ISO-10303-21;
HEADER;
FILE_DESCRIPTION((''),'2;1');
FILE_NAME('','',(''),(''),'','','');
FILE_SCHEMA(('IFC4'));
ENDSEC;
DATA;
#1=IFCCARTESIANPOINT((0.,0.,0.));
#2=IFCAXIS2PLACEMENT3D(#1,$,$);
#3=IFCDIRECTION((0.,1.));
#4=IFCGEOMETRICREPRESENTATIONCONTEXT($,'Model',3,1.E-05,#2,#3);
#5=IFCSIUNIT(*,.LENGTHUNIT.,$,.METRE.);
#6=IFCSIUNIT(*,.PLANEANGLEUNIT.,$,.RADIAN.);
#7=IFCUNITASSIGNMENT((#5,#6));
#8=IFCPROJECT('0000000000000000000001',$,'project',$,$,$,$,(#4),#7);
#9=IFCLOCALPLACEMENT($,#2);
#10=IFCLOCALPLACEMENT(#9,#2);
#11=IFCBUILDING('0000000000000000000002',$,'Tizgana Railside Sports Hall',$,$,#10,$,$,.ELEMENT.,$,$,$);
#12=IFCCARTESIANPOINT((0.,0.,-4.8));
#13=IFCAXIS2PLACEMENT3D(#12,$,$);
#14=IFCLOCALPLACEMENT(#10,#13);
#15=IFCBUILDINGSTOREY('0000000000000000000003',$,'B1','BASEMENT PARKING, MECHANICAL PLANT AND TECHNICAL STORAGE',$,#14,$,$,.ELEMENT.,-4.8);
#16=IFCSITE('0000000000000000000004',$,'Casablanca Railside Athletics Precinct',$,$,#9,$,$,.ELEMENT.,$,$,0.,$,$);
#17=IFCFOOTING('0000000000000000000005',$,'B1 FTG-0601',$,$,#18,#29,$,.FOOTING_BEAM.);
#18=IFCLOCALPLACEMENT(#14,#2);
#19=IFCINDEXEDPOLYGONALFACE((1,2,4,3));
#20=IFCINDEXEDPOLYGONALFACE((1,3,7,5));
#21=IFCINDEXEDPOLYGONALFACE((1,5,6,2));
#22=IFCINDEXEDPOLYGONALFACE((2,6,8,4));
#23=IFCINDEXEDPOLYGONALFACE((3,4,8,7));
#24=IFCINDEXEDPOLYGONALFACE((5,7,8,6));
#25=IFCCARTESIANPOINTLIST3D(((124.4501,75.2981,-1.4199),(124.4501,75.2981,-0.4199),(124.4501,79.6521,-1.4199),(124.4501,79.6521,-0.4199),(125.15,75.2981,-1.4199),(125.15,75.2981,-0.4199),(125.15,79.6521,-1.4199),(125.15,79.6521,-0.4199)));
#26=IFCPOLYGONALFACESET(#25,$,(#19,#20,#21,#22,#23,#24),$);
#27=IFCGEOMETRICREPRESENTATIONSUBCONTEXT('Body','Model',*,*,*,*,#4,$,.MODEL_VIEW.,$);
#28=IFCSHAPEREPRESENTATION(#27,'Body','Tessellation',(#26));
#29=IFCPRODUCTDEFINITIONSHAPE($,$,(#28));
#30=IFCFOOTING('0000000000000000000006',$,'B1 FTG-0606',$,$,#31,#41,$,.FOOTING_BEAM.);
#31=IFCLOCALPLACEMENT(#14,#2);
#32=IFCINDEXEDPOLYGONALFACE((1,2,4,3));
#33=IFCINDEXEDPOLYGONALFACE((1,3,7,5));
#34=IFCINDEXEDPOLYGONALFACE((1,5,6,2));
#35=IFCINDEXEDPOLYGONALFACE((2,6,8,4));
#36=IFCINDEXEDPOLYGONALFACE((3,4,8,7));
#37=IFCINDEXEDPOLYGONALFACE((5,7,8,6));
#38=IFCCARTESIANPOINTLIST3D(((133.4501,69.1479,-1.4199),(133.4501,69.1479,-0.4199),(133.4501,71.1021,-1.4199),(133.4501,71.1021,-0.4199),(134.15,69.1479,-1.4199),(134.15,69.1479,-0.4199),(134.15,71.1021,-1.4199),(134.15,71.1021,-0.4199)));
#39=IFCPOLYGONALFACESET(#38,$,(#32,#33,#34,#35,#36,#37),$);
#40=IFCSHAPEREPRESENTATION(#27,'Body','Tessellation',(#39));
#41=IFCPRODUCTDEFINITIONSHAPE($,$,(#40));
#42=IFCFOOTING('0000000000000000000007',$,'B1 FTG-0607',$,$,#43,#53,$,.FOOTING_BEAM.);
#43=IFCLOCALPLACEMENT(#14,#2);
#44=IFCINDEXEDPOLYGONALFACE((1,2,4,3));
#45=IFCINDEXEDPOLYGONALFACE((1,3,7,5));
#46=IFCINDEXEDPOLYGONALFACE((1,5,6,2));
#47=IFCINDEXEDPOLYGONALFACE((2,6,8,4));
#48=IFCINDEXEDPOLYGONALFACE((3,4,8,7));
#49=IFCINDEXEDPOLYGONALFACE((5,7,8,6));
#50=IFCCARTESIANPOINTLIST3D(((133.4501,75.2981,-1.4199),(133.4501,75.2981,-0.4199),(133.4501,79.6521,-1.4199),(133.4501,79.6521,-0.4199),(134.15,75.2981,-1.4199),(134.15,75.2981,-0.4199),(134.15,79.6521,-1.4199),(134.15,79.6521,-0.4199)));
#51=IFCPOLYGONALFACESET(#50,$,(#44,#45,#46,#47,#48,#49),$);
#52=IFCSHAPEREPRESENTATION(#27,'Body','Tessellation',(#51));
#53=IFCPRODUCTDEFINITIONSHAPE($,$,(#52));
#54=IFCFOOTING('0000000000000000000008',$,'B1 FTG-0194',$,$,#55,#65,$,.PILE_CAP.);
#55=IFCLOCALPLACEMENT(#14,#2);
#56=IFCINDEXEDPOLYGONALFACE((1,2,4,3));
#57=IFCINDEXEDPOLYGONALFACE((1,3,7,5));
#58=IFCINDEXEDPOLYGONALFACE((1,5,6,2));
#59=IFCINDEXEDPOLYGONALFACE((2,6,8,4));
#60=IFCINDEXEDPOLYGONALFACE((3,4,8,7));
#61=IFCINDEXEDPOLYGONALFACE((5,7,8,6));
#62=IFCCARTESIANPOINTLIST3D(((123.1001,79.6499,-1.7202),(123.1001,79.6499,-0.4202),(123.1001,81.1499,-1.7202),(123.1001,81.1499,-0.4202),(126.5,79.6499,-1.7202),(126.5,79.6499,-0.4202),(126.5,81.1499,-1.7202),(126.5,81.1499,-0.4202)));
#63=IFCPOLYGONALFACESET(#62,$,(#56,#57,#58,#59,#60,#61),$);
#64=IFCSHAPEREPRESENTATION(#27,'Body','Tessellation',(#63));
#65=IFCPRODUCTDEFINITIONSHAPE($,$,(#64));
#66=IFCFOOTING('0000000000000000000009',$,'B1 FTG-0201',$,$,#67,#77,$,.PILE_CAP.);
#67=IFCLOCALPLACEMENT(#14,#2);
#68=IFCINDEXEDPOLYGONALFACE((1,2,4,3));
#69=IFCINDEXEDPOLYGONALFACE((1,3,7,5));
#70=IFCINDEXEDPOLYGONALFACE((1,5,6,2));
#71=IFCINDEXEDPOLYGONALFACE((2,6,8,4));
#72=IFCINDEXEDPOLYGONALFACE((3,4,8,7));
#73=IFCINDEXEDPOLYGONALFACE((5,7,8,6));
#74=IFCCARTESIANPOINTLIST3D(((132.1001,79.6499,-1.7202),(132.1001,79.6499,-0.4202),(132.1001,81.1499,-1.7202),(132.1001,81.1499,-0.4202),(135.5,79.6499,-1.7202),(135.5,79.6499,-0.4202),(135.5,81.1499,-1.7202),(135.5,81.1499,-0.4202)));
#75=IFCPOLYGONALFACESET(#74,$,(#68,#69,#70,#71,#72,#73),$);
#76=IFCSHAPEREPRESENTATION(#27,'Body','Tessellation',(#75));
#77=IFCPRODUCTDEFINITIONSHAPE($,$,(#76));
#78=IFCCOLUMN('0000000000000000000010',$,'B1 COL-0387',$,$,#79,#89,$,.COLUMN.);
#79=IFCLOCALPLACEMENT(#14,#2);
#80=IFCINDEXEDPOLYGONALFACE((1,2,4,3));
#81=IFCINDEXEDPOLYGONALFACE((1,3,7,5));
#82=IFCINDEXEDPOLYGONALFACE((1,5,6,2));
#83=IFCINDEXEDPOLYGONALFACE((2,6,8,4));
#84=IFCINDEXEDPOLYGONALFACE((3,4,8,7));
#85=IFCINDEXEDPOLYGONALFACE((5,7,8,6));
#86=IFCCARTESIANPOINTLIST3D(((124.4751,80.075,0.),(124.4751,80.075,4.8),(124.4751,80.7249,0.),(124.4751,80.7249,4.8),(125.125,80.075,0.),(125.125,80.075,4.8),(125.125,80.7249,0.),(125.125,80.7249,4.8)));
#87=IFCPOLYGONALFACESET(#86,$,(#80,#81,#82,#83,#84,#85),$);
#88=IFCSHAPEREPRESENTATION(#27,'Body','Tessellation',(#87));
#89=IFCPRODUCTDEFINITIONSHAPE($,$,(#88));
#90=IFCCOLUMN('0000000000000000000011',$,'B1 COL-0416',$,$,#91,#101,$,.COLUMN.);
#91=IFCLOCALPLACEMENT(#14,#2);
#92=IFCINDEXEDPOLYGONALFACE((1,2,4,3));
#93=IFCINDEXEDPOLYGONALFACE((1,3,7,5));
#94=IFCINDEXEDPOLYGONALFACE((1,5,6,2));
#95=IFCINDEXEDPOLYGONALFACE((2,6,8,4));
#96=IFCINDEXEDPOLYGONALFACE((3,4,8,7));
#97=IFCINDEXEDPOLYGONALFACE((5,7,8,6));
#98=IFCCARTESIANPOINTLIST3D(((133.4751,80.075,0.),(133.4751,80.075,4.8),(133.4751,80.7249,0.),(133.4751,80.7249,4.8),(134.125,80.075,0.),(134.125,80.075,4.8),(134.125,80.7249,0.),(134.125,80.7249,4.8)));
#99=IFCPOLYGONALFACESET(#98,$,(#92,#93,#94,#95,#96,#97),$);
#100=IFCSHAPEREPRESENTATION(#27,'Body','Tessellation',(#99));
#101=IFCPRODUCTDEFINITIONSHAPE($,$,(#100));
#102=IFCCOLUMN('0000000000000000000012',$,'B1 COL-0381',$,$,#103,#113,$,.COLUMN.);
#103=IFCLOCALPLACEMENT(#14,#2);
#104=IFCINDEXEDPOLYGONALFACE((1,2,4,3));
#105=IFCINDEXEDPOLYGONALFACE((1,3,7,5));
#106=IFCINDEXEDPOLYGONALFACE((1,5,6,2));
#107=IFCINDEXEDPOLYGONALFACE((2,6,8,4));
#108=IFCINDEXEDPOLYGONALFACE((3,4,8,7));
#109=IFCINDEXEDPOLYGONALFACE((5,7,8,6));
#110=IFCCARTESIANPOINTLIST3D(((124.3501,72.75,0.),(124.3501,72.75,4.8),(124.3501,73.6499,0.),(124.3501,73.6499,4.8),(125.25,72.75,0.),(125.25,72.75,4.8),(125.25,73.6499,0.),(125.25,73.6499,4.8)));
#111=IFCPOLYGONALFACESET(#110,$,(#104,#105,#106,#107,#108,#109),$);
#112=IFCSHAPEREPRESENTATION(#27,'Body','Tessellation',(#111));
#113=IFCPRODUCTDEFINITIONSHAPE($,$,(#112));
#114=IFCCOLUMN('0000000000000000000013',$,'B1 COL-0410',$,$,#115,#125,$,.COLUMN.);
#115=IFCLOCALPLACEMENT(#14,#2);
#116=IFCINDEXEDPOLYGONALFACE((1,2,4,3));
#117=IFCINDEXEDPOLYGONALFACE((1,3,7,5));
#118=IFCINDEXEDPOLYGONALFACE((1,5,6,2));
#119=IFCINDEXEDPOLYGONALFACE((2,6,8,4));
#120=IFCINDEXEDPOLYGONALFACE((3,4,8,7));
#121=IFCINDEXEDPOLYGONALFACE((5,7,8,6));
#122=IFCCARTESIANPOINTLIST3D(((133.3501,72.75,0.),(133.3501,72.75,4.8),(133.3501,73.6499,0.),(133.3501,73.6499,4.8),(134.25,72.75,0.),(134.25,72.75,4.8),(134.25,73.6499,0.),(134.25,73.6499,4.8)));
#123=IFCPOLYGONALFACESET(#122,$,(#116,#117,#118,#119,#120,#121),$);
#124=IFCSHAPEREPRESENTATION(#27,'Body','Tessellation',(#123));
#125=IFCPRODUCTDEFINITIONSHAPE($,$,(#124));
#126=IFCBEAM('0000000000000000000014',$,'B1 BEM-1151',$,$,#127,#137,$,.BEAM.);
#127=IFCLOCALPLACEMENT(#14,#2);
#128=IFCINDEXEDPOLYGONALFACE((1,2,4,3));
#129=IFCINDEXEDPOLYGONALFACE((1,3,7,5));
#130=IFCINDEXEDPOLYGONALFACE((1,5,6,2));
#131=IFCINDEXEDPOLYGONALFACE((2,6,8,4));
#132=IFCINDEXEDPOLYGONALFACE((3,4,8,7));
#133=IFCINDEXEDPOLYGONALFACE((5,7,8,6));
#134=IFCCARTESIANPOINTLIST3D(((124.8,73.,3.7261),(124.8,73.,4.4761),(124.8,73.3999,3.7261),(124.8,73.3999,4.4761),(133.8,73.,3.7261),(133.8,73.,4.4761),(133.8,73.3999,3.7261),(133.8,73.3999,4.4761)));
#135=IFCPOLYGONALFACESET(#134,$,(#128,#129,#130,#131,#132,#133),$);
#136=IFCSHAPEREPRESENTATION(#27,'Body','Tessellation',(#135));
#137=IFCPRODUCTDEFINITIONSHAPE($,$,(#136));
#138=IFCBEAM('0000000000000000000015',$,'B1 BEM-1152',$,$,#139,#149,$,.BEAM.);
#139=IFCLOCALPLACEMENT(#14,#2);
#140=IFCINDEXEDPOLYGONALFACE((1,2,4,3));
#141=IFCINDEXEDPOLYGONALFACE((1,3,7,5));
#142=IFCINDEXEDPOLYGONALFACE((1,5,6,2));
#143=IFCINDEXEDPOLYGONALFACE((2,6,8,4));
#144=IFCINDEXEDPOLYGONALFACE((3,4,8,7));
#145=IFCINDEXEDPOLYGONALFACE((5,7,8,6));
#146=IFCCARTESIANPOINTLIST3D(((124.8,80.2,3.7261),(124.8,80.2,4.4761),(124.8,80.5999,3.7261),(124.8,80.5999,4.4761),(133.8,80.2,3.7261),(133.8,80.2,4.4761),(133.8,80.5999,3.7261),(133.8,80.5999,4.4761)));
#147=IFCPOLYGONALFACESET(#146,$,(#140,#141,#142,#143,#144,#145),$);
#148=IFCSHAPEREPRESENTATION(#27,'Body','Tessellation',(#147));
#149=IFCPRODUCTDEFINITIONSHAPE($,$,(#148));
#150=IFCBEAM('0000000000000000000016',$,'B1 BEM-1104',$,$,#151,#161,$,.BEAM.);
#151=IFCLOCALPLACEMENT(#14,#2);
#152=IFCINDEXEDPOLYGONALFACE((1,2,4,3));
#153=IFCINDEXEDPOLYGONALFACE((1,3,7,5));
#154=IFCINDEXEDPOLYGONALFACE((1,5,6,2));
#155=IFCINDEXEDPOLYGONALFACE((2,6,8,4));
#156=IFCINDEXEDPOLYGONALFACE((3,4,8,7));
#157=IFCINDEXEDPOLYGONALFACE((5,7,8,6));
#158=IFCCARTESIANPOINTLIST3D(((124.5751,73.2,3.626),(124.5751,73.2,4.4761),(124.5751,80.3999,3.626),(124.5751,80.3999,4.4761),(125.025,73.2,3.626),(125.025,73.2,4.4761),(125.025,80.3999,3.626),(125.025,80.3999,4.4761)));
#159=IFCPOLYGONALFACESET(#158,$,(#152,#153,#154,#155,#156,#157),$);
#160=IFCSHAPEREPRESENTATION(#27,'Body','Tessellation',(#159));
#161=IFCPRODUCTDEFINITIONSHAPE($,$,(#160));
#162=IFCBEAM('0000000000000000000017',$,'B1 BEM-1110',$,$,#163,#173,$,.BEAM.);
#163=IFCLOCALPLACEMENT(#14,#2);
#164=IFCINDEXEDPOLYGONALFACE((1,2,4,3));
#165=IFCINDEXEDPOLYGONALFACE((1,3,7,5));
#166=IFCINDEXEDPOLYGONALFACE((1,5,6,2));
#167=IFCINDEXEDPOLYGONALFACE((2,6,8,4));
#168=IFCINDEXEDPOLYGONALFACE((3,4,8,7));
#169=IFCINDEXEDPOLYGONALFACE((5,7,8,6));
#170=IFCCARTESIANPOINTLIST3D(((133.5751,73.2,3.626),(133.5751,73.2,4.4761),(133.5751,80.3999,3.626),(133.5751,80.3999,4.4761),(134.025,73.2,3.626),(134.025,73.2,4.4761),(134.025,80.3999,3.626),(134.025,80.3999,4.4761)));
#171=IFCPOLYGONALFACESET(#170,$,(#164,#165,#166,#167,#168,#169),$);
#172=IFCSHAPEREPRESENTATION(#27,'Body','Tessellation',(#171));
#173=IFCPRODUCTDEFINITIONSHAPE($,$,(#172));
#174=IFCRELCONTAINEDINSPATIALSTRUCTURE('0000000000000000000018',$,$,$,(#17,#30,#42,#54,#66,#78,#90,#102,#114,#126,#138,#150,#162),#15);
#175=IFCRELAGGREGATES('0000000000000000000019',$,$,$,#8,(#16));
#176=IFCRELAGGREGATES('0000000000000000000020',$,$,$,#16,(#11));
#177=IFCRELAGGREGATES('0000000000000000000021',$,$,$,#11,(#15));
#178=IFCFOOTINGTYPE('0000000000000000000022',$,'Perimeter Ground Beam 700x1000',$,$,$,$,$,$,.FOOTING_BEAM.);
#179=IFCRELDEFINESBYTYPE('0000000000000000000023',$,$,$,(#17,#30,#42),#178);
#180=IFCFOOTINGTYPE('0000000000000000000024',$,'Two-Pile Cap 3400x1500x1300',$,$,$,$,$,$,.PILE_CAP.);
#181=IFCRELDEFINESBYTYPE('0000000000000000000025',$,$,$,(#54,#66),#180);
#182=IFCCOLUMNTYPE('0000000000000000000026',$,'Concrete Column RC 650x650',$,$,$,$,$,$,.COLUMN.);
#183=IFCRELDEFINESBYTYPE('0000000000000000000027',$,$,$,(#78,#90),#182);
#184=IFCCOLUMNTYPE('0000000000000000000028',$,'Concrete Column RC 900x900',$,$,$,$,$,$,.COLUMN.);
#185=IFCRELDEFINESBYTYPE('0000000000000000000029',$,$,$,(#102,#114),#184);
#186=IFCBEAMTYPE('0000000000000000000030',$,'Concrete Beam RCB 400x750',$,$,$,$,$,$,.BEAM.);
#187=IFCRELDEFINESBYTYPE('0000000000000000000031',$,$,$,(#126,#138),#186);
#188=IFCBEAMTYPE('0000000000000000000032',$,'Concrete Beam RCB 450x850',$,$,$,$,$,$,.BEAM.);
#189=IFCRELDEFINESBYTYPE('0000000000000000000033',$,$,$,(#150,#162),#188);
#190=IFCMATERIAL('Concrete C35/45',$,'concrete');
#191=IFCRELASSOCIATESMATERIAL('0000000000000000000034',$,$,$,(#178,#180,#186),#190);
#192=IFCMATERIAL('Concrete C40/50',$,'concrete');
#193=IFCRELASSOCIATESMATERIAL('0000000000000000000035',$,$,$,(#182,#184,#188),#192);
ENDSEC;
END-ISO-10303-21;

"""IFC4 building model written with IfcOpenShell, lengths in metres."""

from ifc_helpers import new_model, si_unit, direction, frame, origin, origin_2d, place, context, subcontext, project, spatial, rectangle, extrude, material, material_profile, profile_set, type_object, element, save


model = new_model("IFC4")

# Units and contexts
model_context = context("Model", 3, precision=1e-05, world=origin(), true_north=direction((0.0, 1.0)))
body_context = subcontext(model_context, "Body", "Model", "MODEL_VIEW")
ifc_project = project(units=[si_unit("LENGTHUNIT", "METRE"), si_unit("PLANEANGLEUNIT", "RADIAN")], contexts=[model_context])

# Site, building, storey
site_placement = place(None, origin())
site = spatial("IfcSite", under=ifc_project, at=site_placement, Name="Casablanca Railside Athletics Precinct", CompositionType="ELEMENT", RefElevation=0.0)
building_placement = place(site_placement, origin())
building = spatial("IfcBuilding", under=site, at=building_placement, Name="Tizgana Railside Sports Hall", CompositionType="ELEMENT")
storey_placement = place(building_placement, frame((0.0, 0.0, -4.8)))
storey = spatial("IfcBuildingStorey", under=building, at=storey_placement, Name="B1", Description="BASEMENT PARKING, MECHANICAL PLANT AND TECHNICAL STORAGE", CompositionType="ELEMENT", Elevation=-4.8)

# Shared definitions
ifc_material_1 = material(Name="Concrete C35/45", Category="concrete")

# Footings
footing_type_1 = type_object("IfcFootingType", Name="Perimeter Ground Beam 700x1000", PredefinedType="FOOTING_BEAM", material=ifc_material_1)
footing_1_placement = place(storey_placement, frame((124.8, 77.4751, -1.4199), z_axis=(0.0, 0.0, 1.0), x_axis=(0.0, 1.0, 0.0)))
element("IfcFooting", 1, at=footing_1_placement, inside=storey, type_object=footing_type_1, Name="B1 FTG-0601", PredefinedType="FOOTING_BEAM", context=body_context, shape_type="SweptSolid", body=[
    extrude(rectangle(XDim=4.354, YDim=0.7, at=origin_2d()), origin(), (0.0, 0.0, 1.0), 1.0),
])
footing_2_placement = place(storey_placement, frame((133.8, 70.125, -1.4199), z_axis=(0.0, 0.0, 1.0), x_axis=(0.0, 1.0, 0.0)))
element("IfcFooting", 2, at=footing_2_placement, inside=storey, type_object=footing_type_1, Name="B1 FTG-0606", PredefinedType="FOOTING_BEAM", context=body_context, shape_type="SweptSolid", body=[
    extrude(rectangle(XDim=1.9541, YDim=0.7, at=origin_2d()), origin(), (0.0, 0.0, 1.0), 1.0),
])
footing_3_placement = place(storey_placement, frame((133.8, 77.4751, -1.4199), z_axis=(0.0, 0.0, 1.0), x_axis=(0.0, 1.0, 0.0)))
element("IfcFooting", 3, at=footing_3_placement, inside=storey, type_object=footing_type_1, Name="B1 FTG-0607", PredefinedType="FOOTING_BEAM", context=body_context, shape_type="SweptSolid", body=[
    extrude(rectangle(XDim=4.354, YDim=0.7, at=origin_2d()), origin(), (0.0, 0.0, 1.0), 1.0),
])
footing_type_2 = type_object("IfcFootingType", Name="Two-Pile Cap 3400x1500x1300", PredefinedType="PILE_CAP", material=ifc_material_1)
for number, where, z_axis, x_axis, name in (
    (4, (124.8, 80.3999, -1.7202), (0.0, 0.0, 1.0), (1.0, 0.0, 0.0), "B1 FTG-0194"),
    (5, (133.8, 80.3999, -1.7202), (0.0, 0.0, 1.0), (1.0, 0.0, 0.0), "B1 FTG-0201"),
):
    element("IfcFooting", number, at=place(storey_placement, frame(where, z_axis=z_axis, x_axis=x_axis)), inside=storey, type_object=footing_type_2, Name=name, PredefinedType="PILE_CAP", context=body_context, shape_type="SweptSolid", body=[
        extrude(rectangle(XDim=3.3999, YDim=1.5, at=origin_2d()), origin(), (0.0, 0.0, 1.0), 1.3),
    ])

# Columns
ifc_material_2 = material(Name="Concrete C40/50", Category="concrete")
ifc_material_profile_1 = material_profile(ifc_material_2, rectangle(XDim=0.6499, YDim=0.6499, at=origin_2d()), Name="RC 650x650")
ifc_profile_set_1 = profile_set([ifc_material_profile_1], Name="Concrete C40/50")
column_type_1 = type_object("IfcColumnType", Name="Concrete Column RC 650x650", PredefinedType="COLUMN", material=ifc_profile_set_1)
for number, where, z_axis, x_axis, name in (
    (6, (124.8, 80.3999, 0.0), (0.0, 0.0, 1.0), (1.0, 0.0, 0.0), "B1 COL-0387"),
    (7, (133.8, 80.3999, 0.0), (0.0, 0.0, 1.0), (1.0, 0.0, 0.0), "B1 COL-0416"),
):
    element("IfcColumn", number, at=place(storey_placement, frame(where, z_axis=z_axis, x_axis=x_axis)), inside=storey, type_object=column_type_1, Name=name, PredefinedType="COLUMN", context=body_context, shape_type="SweptSolid", body=[
        extrude(rectangle(XDim=0.6499, YDim=0.6499, at=origin_2d()), origin(), (0.0, 0.0, 1.0), 4.8),
    ])
ifc_material_profile_2 = material_profile(ifc_material_2, rectangle(XDim=0.8999, YDim=0.8999, at=origin_2d()), Name="RC 900x900")
ifc_profile_set_2 = profile_set([ifc_material_profile_2], Name="Concrete C40/50")
column_type_2 = type_object("IfcColumnType", Name="Concrete Column RC 900x900", PredefinedType="COLUMN", material=ifc_profile_set_2)
for number, where, z_axis, x_axis, name in (
    (8, (124.8, 73.2, 0.0), (0.0, 0.0, 1.0), (1.0, 0.0, 0.0), "B1 COL-0381"),
    (9, (133.8, 73.2, 0.0), (0.0, 0.0, 1.0), (1.0, 0.0, 0.0), "B1 COL-0410"),
):
    element("IfcColumn", number, at=place(storey_placement, frame(where, z_axis=z_axis, x_axis=x_axis)), inside=storey, type_object=column_type_2, Name=name, PredefinedType="COLUMN", context=body_context, shape_type="SweptSolid", body=[
        extrude(rectangle(XDim=0.8999, YDim=0.8999, at=origin_2d()), origin(), (0.0, 0.0, 1.0), 4.8),
    ])

# Beams
ifc_material_profile_3 = material_profile(ifc_material_1, rectangle(XDim=0.3999, YDim=0.75, at=origin_2d()), Name="RCB 400x750")
ifc_profile_set_3 = profile_set([ifc_material_profile_3], Name="Concrete C35/45")
beam_type_1 = type_object("IfcBeamType", Name="Concrete Beam RCB 400x750", PredefinedType="BEAM", material=ifc_profile_set_3)
for number, where, z_axis, x_axis, name in (
    (10, (124.8, 73.2, 4.1011), (1.0, 0.0, 0.0), (0.0, 1.0, 0.0), "B1 BEM-1151"),
    (11, (124.8, 80.3999, 4.1011), (1.0, 0.0, 0.0), (0.0, 1.0, 0.0), "B1 BEM-1152"),
):
    element("IfcBeam", number, at=place(storey_placement, frame(where, z_axis=z_axis, x_axis=x_axis)), inside=storey, type_object=beam_type_1, Name=name, PredefinedType="BEAM", context=body_context, shape_type="SweptSolid", body=[
        extrude(rectangle(XDim=0.3999, YDim=0.75, at=origin_2d()), origin(), (0.0, 0.0, 1.0), 9.0),
    ])
ifc_material_profile_4 = material_profile(ifc_material_2, rectangle(XDim=0.45, YDim=0.8501, at=origin_2d()), Name="RCB 450x850")
ifc_profile_set_4 = profile_set([ifc_material_profile_4], Name="Concrete C40/50")
beam_type_2 = type_object("IfcBeamType", Name="Concrete Beam RCB 450x850", PredefinedType="BEAM", material=ifc_profile_set_4)
for number, where, z_axis, x_axis, name in (
    (12, (124.8, 73.2, 4.051), (0.0, 1.0, 0.0), (-1.0, 0.0, 0.0), "B1 BEM-1104"),
    (13, (133.8, 73.2, 4.051), (0.0, 1.0, 0.0), (-1.0, 0.0, 0.0), "B1 BEM-1110"),
):
    element("IfcBeam", number, at=place(storey_placement, frame(where, z_axis=z_axis, x_axis=x_axis)), inside=storey, type_object=beam_type_2, Name=name, PredefinedType="BEAM", context=body_context, shape_type="SweptSolid", body=[
        extrude(rectangle(XDim=0.45, YDim=0.8501, at=origin_2d()), origin(), (0.0, 0.0, 1.0), 7.2),
    ])

save(model, "model.ifc")
